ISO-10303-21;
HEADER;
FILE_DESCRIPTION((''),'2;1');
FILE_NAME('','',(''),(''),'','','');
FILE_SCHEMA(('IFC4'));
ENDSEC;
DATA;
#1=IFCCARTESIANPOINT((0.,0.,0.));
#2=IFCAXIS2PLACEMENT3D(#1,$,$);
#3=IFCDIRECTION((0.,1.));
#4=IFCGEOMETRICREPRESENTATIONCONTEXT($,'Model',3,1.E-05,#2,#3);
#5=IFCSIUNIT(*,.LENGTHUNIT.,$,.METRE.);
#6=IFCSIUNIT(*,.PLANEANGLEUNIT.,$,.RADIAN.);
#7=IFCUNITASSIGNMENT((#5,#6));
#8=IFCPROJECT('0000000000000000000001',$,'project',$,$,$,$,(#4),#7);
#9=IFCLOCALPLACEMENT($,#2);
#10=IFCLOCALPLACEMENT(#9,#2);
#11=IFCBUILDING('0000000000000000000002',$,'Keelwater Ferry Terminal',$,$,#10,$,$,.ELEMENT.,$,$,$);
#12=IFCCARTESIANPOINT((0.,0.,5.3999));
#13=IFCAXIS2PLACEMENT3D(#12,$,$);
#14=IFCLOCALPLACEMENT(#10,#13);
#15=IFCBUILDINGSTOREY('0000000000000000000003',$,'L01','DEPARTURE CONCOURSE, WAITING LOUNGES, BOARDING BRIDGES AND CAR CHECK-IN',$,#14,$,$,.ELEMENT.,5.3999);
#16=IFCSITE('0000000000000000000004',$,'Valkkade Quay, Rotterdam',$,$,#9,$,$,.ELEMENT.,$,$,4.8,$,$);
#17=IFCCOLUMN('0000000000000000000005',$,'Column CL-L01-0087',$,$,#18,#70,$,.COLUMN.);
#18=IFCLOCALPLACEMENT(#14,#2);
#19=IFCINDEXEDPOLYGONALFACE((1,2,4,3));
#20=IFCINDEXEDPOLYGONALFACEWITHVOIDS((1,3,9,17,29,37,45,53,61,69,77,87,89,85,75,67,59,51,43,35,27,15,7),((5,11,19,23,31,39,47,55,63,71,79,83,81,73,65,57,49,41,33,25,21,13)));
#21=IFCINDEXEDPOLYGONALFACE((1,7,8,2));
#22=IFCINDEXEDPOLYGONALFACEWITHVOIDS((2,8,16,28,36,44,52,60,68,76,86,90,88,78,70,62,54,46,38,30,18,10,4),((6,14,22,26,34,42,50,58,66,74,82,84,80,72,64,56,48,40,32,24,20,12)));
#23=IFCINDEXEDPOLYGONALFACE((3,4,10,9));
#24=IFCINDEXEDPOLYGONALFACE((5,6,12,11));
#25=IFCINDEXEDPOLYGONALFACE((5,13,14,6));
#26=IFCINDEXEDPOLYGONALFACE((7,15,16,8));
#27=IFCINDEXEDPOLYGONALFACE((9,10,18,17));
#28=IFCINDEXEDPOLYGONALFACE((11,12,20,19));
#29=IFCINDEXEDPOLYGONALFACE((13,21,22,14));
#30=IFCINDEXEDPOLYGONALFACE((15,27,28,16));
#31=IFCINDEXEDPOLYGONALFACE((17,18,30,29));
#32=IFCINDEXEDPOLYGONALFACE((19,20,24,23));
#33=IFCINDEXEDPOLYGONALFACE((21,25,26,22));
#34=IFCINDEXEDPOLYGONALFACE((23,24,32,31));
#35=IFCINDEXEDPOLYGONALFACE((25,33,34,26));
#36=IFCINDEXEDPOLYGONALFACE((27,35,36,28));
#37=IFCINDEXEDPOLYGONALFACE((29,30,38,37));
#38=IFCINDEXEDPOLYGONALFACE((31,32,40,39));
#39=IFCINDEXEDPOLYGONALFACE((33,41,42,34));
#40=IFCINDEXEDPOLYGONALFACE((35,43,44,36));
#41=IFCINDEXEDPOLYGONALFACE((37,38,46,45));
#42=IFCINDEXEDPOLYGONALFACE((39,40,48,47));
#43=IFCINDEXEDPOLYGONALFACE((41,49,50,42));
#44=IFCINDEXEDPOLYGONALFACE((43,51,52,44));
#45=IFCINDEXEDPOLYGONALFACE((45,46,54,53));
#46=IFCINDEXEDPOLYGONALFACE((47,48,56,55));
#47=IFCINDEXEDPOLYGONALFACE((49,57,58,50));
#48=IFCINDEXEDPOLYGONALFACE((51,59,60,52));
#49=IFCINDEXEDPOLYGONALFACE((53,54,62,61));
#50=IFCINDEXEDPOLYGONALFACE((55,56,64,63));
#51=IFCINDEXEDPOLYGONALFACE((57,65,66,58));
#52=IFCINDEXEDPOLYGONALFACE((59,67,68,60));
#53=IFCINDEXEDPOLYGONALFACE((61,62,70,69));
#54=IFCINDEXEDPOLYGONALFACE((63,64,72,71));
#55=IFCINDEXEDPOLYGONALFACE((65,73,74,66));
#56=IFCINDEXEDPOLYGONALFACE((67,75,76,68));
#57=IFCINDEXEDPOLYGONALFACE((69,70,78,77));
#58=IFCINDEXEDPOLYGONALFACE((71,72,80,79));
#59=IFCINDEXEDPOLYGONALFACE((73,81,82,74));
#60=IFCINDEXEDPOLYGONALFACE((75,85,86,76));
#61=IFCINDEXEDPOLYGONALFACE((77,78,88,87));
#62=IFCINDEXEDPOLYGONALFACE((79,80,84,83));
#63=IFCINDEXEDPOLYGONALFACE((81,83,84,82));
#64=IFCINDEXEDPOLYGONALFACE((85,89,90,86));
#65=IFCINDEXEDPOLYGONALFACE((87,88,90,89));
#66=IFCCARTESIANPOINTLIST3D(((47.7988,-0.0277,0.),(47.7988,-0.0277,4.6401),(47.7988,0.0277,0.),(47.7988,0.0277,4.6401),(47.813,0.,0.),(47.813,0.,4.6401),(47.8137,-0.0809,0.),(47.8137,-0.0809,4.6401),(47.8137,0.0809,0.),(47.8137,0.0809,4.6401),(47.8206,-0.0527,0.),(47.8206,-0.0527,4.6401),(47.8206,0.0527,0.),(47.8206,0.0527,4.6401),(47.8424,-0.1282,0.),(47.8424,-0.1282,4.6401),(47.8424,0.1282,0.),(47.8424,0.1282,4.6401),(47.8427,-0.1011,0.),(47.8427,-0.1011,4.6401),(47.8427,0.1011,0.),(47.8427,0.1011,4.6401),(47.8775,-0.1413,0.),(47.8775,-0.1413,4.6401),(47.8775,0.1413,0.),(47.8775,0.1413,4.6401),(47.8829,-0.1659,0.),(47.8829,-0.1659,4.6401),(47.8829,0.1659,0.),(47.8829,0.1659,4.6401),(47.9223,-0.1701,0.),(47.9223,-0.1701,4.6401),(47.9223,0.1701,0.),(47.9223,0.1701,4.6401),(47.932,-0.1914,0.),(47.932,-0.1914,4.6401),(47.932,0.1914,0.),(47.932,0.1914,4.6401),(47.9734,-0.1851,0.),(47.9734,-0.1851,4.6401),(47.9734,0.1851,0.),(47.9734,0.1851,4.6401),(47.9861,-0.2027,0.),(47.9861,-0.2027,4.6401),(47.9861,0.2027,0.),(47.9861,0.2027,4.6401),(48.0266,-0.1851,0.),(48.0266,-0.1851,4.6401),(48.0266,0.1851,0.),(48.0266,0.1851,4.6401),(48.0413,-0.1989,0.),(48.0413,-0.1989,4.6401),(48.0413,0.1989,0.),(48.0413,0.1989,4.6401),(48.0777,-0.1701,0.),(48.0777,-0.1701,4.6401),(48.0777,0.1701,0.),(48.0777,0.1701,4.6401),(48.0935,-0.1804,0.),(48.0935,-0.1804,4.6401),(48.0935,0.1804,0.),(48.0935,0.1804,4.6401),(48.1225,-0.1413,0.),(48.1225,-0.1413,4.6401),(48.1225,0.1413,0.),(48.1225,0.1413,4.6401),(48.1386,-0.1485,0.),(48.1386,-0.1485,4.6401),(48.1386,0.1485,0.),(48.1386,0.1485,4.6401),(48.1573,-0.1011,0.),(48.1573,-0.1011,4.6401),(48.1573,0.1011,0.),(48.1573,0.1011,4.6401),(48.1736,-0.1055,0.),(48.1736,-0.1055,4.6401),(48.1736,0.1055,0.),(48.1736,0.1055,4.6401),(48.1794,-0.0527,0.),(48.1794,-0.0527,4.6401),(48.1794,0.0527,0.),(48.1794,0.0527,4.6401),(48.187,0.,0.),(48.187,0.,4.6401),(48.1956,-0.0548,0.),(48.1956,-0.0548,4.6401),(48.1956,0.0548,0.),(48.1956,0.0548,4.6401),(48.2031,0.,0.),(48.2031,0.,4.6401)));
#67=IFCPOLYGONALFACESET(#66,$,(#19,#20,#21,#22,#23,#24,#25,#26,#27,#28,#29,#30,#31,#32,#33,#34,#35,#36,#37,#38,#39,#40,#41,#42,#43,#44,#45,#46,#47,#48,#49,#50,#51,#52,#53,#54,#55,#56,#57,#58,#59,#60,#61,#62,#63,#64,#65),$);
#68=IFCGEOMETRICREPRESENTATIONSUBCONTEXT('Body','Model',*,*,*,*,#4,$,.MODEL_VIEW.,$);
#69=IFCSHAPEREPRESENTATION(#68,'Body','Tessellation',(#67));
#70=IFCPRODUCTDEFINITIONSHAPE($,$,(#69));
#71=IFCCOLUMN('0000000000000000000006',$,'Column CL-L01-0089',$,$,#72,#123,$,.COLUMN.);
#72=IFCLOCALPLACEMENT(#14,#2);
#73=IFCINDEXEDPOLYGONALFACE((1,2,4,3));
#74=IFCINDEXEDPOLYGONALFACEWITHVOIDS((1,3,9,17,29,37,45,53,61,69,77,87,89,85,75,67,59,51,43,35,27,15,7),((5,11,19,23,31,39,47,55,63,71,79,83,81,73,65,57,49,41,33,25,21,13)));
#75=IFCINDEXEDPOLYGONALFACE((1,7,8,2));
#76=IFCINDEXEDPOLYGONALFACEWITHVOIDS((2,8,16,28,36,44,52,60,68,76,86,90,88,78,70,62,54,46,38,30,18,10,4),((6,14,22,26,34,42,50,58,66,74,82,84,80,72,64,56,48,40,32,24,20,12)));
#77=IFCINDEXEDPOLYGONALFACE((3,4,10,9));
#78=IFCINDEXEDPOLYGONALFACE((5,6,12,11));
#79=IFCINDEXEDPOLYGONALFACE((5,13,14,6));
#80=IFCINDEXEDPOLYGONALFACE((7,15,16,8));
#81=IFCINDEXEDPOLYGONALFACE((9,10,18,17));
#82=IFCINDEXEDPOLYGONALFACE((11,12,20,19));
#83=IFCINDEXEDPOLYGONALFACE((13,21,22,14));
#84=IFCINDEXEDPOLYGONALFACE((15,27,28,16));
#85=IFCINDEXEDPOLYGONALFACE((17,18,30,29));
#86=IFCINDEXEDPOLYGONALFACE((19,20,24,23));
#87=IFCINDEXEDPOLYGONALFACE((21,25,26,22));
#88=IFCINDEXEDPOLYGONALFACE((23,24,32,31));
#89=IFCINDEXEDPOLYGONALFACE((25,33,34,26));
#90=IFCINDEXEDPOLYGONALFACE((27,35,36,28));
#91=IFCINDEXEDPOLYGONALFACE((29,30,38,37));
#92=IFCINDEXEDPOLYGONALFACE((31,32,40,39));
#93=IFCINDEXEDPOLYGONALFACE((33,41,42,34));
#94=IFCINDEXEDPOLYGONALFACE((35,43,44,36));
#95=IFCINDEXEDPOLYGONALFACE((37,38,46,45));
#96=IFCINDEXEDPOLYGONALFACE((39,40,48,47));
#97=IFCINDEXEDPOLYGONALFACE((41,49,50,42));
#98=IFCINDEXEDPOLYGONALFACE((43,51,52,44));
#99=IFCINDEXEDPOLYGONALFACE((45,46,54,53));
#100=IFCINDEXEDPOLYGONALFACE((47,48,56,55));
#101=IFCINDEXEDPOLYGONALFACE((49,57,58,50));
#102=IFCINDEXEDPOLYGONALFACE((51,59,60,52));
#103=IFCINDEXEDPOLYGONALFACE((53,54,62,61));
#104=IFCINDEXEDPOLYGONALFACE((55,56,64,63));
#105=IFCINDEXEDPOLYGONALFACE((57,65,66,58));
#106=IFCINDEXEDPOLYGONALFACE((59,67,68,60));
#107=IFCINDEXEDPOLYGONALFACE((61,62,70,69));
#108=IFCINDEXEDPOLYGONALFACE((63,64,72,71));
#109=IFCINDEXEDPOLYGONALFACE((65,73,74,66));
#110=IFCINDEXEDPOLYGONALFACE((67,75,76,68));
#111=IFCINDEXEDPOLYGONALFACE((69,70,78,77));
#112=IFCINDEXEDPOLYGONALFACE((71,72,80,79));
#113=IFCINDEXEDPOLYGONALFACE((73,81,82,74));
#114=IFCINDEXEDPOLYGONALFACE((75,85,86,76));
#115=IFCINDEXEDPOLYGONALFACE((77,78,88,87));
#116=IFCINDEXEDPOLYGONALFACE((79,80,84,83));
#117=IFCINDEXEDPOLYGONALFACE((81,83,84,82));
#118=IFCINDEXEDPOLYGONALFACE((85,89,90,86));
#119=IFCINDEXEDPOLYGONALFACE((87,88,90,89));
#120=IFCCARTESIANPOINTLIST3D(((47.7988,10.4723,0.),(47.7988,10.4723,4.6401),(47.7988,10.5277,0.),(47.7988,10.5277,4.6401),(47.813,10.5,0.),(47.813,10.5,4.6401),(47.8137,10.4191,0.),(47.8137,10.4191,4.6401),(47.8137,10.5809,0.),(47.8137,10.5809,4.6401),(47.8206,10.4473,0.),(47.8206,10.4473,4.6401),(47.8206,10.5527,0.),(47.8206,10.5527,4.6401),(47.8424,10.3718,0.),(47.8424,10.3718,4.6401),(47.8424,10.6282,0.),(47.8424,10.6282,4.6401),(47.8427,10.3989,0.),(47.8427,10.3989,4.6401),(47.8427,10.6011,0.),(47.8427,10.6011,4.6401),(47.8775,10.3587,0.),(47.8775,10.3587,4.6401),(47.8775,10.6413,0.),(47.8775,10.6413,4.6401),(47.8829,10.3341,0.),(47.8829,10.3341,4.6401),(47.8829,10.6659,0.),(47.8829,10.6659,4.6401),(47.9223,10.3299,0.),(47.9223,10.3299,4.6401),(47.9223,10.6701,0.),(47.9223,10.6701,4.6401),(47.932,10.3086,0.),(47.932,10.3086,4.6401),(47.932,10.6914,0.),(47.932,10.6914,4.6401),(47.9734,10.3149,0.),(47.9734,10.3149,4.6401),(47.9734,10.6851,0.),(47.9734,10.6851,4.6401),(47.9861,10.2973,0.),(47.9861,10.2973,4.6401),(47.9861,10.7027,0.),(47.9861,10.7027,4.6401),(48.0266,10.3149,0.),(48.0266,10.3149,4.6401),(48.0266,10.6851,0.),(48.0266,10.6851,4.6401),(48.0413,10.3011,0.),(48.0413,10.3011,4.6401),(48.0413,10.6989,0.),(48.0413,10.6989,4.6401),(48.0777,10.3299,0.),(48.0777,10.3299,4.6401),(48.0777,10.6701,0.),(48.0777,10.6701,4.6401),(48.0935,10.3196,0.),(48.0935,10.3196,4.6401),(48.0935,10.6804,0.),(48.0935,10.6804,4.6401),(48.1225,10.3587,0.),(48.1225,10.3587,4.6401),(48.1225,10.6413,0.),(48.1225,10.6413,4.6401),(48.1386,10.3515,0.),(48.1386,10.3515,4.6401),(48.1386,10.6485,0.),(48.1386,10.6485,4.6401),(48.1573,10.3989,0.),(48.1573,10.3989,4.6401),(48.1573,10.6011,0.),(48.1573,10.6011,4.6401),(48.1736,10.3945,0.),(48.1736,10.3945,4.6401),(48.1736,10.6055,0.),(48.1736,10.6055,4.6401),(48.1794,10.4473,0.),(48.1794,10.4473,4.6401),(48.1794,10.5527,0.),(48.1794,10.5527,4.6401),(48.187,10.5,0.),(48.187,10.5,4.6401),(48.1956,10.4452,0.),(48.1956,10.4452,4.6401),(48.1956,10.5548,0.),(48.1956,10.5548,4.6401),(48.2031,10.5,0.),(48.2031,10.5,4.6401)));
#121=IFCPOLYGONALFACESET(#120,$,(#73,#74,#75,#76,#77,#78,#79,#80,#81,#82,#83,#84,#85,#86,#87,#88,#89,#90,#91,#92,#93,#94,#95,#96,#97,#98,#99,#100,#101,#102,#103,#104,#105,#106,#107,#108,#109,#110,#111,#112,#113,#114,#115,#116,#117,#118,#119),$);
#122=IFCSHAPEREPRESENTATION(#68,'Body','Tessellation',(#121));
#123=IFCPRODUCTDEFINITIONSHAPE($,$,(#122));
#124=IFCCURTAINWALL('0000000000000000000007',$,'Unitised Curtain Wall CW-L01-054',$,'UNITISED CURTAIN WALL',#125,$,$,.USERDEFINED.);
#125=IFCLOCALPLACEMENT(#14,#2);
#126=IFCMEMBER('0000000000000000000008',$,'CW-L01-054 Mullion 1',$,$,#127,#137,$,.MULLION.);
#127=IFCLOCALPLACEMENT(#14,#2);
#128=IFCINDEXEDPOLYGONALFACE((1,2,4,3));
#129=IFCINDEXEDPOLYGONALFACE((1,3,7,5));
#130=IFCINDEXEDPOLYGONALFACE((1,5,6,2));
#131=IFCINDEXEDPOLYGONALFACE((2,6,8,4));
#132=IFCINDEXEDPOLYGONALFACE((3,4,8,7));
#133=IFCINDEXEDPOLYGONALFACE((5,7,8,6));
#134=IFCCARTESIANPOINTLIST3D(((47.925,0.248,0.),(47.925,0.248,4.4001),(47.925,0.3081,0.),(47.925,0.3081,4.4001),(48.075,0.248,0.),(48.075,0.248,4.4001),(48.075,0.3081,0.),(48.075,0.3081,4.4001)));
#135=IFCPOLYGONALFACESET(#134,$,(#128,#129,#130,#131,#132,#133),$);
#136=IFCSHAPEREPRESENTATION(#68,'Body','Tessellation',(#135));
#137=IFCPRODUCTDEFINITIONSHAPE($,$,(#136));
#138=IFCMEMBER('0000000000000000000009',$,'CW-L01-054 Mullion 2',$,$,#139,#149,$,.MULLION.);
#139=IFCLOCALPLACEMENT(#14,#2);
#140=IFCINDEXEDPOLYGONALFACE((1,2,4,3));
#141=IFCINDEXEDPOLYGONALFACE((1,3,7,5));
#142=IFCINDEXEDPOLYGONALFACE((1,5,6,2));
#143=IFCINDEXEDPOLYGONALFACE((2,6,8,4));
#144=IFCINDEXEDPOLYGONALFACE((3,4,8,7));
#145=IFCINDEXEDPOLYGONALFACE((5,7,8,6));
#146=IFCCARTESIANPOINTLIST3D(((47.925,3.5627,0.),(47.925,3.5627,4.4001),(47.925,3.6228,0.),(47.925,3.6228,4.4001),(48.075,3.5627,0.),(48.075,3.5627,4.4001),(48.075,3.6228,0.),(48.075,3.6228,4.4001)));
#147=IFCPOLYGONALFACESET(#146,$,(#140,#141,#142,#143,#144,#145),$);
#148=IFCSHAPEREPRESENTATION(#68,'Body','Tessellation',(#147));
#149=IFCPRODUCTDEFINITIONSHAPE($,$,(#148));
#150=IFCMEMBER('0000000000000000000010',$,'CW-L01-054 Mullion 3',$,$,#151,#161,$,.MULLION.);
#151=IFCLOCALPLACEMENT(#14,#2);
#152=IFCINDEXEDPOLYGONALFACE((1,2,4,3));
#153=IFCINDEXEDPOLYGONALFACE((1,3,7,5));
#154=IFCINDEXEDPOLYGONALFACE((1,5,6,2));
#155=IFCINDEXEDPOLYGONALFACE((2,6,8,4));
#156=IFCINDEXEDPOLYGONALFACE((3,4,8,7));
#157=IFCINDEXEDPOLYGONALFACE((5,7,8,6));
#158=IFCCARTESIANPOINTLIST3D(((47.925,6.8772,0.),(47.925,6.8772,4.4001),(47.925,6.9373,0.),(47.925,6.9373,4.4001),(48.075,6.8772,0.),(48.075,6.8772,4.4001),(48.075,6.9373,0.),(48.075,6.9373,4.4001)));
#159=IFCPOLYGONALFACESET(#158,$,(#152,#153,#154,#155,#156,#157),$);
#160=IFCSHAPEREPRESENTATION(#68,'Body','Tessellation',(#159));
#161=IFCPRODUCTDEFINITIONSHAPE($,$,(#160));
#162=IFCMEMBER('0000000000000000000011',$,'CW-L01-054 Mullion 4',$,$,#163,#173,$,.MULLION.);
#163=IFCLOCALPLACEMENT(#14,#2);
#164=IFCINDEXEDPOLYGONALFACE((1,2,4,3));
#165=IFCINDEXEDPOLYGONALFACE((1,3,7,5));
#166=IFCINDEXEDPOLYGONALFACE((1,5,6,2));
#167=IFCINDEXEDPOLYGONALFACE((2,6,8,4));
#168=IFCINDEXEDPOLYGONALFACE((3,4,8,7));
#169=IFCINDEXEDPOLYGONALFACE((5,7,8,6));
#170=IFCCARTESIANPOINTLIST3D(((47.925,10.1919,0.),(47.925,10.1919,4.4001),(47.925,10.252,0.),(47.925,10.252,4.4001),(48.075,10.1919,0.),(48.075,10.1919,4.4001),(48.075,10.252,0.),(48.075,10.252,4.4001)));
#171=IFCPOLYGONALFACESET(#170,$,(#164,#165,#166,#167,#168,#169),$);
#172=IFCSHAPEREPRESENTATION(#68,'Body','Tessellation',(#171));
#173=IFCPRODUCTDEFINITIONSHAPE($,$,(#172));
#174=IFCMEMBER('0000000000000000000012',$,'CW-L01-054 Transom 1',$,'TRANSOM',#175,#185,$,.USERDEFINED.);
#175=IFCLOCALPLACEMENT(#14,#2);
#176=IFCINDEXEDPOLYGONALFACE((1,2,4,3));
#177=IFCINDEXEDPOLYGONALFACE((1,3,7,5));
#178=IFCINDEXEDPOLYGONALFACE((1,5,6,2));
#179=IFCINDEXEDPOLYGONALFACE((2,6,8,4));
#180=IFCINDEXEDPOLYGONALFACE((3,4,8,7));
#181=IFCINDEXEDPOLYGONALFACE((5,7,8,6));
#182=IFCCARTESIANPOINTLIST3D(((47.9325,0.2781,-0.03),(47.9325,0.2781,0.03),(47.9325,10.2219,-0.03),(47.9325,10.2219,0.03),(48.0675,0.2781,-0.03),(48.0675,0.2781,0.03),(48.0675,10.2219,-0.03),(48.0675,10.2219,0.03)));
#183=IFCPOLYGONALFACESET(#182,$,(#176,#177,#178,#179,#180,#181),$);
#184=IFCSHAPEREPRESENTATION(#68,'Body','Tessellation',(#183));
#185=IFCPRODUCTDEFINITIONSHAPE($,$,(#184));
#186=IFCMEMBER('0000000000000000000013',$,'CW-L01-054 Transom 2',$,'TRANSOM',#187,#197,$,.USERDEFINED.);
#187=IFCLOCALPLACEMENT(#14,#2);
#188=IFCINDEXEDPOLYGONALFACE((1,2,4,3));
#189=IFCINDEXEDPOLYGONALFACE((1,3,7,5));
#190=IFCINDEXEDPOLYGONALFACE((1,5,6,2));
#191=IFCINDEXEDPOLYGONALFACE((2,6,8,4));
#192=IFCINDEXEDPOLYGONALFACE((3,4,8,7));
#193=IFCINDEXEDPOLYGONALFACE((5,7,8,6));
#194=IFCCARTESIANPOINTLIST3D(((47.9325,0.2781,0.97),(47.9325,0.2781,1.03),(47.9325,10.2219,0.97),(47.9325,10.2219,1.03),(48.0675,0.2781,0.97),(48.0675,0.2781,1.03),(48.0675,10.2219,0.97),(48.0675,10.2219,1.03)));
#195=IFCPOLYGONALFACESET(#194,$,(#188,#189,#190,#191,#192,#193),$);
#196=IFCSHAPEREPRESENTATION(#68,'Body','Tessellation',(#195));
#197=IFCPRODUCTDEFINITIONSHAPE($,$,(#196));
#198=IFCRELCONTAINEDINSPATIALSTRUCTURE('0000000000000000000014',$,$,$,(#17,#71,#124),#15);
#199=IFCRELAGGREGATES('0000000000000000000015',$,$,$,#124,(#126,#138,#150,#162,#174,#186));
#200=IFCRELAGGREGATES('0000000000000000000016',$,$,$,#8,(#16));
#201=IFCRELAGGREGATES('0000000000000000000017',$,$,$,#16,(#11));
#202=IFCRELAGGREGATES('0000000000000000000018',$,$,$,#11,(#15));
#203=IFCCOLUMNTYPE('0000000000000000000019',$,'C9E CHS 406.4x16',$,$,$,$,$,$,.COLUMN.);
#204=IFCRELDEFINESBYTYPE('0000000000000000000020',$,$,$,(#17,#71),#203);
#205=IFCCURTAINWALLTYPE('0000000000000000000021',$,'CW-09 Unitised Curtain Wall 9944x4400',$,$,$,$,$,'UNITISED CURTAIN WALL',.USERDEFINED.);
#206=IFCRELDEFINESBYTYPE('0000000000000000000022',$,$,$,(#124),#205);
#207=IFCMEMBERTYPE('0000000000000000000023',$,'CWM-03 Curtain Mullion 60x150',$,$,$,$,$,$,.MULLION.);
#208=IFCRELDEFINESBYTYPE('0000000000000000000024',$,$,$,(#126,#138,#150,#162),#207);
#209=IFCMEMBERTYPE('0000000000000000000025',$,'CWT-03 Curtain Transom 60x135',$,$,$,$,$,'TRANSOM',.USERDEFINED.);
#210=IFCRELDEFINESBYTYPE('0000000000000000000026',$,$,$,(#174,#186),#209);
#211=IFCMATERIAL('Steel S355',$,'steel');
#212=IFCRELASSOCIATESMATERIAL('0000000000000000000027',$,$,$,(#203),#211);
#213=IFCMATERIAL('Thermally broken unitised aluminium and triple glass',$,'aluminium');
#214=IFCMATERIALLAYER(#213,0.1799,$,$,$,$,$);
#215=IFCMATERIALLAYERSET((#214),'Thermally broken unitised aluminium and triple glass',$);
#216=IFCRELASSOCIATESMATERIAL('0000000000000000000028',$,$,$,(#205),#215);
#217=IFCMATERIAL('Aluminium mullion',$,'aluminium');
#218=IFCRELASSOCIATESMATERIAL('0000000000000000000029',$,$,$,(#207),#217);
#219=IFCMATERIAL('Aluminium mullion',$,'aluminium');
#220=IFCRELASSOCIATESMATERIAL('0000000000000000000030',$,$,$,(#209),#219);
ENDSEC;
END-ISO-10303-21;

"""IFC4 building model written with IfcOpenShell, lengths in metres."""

from ifc_helpers import new_model, si_unit, direction, frame, origin, origin_2d, place, context, subcontext, project, spatial, rectangle, hollow_circle, extrude, material, layer, layer_set, material_profile, profile_set, type_object, element, aggregate, save


model = new_model("IFC4")

# Units and contexts
model_context = context("Model", 3, precision=1e-05, world=origin(), true_north=direction((0.0, 1.0)))
body_context = subcontext(model_context, "Body", "Model", "MODEL_VIEW")
ifc_project = project(units=[si_unit("LENGTHUNIT", "METRE"), si_unit("PLANEANGLEUNIT", "RADIAN")], contexts=[model_context])

# Site, building, storey
site_placement = place(None, origin())
site = spatial("IfcSite", under=ifc_project, at=site_placement, Name="Valkkade Quay, Rotterdam", CompositionType="ELEMENT", RefElevation=4.8)
building_placement = place(site_placement, origin())
building = spatial("IfcBuilding", under=site, at=building_placement, Name="Keelwater Ferry Terminal", CompositionType="ELEMENT")
storey_placement = place(building_placement, frame((0.0, 0.0, 5.3999)))
storey = spatial("IfcBuildingStorey", under=building, at=storey_placement, Name="L01", Description="DEPARTURE CONCOURSE, WAITING LOUNGES, BOARDING BRIDGES AND CAR CHECK-IN", CompositionType="ELEMENT", Elevation=5.3999)

# Columns
ifc_material_1 = material(Name="Steel S355", Category="steel")
ifc_material_profile_1 = material_profile(ifc_material_1, hollow_circle(Radius=0.2031, WallThickness=0.0161, at=origin_2d()), Name="CHS 406.4x16")
ifc_profile_set_1 = profile_set([ifc_material_profile_1], Name="Steel S355")
column_type = type_object("IfcColumnType", Name="C9E CHS 406.4x16", PredefinedType="COLUMN", material=ifc_profile_set_1)
for number, where, z_axis, x_axis, name in (
    (1, (48.0, 0.0, 0.0), (0.0, 0.0, 1.0), (1.0, 0.0, 0.0), "Column CL-L01-0087"),
    (2, (48.0, 10.5, 0.0), (0.0, 0.0, 1.0), (1.0, 0.0, 0.0), "Column CL-L01-0089"),
):
    element("IfcColumn", number, at=place(storey_placement, frame(where, z_axis=z_axis, x_axis=x_axis)), inside=storey, type_object=column_type, Name=name, PredefinedType="COLUMN", context=body_context, shape_type="SweptSolid", body=[
        extrude(hollow_circle(Radius=0.2031, WallThickness=0.0161, at=origin_2d()), origin(), (0.0, 0.0, 1.0), 4.6401),
    ])

# Curtain wall, members
ifc_material_2 = material(Name="Thermally broken unitised aluminium and triple glass", Category="aluminium")
ifc_layer_1 = layer(ifc_material_2, 0.1799)
ifc_layer_set_1 = layer_set([ifc_layer_1], Name="Thermally broken unitised aluminium and triple glass")
curtain_wall_type = type_object("IfcCurtainWallType", Name="CW-09 Unitised Curtain Wall 9944x4400", ElementType="UNITISED CURTAIN WALL", PredefinedType="USERDEFINED", material=ifc_layer_set_1)
curtain_wall_placement = place(storey_placement, origin())
curtain_wall = element("IfcCurtainWall", 3, at=curtain_wall_placement, inside=storey, type_object=curtain_wall_type, Name="Unitised Curtain Wall CW-L01-054", ObjectType="UNITISED CURTAIN WALL", PredefinedType="USERDEFINED")
ifc_material_3 = material(Name="Aluminium mullion", Category="aluminium")
ifc_material_profile_2 = material_profile(ifc_material_3, rectangle(XDim=0.0601, YDim=0.1499, at=origin_2d()), Name="CWM-03")
ifc_profile_set_2 = profile_set([ifc_material_profile_2], Name="Aluminium mullion")
member_type_1 = type_object("IfcMemberType", Name="CWM-03 Curtain Mullion 60x150", PredefinedType="MULLION", material=ifc_profile_set_2)
member_1_placement = place(storey_placement, frame((48.0, 0.2781, 0.0), z_axis=(0.0, 0.0, 1.0), x_axis=(0.0, 1.0, 0.0)))
member_1 = element("IfcMember", 4, at=member_1_placement, type_object=member_type_1, Name="CW-L01-054 Mullion 1", PredefinedType="MULLION", context=body_context, shape_type="SweptSolid", body=[
    extrude(rectangle(XDim=0.0601, YDim=0.1499, at=origin_2d()), origin(), (0.0, 0.0, 1.0), 4.4001),
])
member_2_placement = place(storey_placement, frame((48.0, 3.5928, 0.0), z_axis=(0.0, 0.0, 1.0), x_axis=(0.0, 1.0, 0.0)))
member_2 = element("IfcMember", 5, at=member_2_placement, type_object=member_type_1, Name="CW-L01-054 Mullion 2", PredefinedType="MULLION", context=body_context, shape_type="SweptSolid", body=[
    extrude(rectangle(XDim=0.0601, YDim=0.1499, at=origin_2d()), origin(), (0.0, 0.0, 1.0), 4.4001),
])
member_3_placement = place(storey_placement, frame((48.0, 6.9072, 0.0), z_axis=(0.0, 0.0, 1.0), x_axis=(0.0, 1.0, 0.0)))
member_3 = element("IfcMember", 6, at=member_3_placement, type_object=member_type_1, Name="CW-L01-054 Mullion 3", PredefinedType="MULLION", context=body_context, shape_type="SweptSolid", body=[
    extrude(rectangle(XDim=0.0601, YDim=0.1499, at=origin_2d()), origin(), (0.0, 0.0, 1.0), 4.4001),
])
member_4_placement = place(storey_placement, frame((48.0, 10.2219, 0.0), z_axis=(0.0, 0.0, 1.0), x_axis=(0.0, 1.0, 0.0)))
member_4 = element("IfcMember", 7, at=member_4_placement, type_object=member_type_1, Name="CW-L01-054 Mullion 4", PredefinedType="MULLION", context=body_context, shape_type="SweptSolid", body=[
    extrude(rectangle(XDim=0.0601, YDim=0.1499, at=origin_2d()), origin(), (0.0, 0.0, 1.0), 4.4001),
])
ifc_material_4 = material(Name="Aluminium mullion", Category="aluminium")
ifc_material_profile_3 = material_profile(ifc_material_4, rectangle(XDim=0.135, YDim=0.0601, at=origin_2d()), Name="CWT-03")
ifc_profile_set_3 = profile_set([ifc_material_profile_3], Name="Aluminium mullion")
member_type_2 = type_object("IfcMemberType", Name="CWT-03 Curtain Transom 60x135", ElementType="TRANSOM", PredefinedType="USERDEFINED", material=ifc_profile_set_3)
member_5_placement = place(storey_placement, frame((48.0, 0.2781, 0.0), z_axis=(0.0, 1.0, 0.0), x_axis=(-1.0, 0.0, 0.0)))
member_5 = element("IfcMember", 8, at=member_5_placement, type_object=member_type_2, Name="CW-L01-054 Transom 1", ObjectType="TRANSOM", PredefinedType="USERDEFINED", context=body_context, shape_type="SweptSolid", body=[
    extrude(rectangle(XDim=0.135, YDim=0.0601, at=origin_2d()), origin(), (0.0, 0.0, 1.0), 9.9438),
])
member_6_placement = place(storey_placement, frame((48.0, 0.2781, 1.0), z_axis=(0.0, 1.0, 0.0), x_axis=(-1.0, 0.0, 0.0)))
member_6 = element("IfcMember", 9, at=member_6_placement, type_object=member_type_2, Name="CW-L01-054 Transom 2", ObjectType="TRANSOM", PredefinedType="USERDEFINED", context=body_context, shape_type="SweptSolid", body=[
    extrude(rectangle(XDim=0.135, YDim=0.0601, at=origin_2d()), origin(), (0.0, 0.0, 1.0), 9.9438),
])

aggregate(curtain_wall, [member_1, member_2, member_3, member_4, member_5, member_6])

save(model, "model.ifc")
